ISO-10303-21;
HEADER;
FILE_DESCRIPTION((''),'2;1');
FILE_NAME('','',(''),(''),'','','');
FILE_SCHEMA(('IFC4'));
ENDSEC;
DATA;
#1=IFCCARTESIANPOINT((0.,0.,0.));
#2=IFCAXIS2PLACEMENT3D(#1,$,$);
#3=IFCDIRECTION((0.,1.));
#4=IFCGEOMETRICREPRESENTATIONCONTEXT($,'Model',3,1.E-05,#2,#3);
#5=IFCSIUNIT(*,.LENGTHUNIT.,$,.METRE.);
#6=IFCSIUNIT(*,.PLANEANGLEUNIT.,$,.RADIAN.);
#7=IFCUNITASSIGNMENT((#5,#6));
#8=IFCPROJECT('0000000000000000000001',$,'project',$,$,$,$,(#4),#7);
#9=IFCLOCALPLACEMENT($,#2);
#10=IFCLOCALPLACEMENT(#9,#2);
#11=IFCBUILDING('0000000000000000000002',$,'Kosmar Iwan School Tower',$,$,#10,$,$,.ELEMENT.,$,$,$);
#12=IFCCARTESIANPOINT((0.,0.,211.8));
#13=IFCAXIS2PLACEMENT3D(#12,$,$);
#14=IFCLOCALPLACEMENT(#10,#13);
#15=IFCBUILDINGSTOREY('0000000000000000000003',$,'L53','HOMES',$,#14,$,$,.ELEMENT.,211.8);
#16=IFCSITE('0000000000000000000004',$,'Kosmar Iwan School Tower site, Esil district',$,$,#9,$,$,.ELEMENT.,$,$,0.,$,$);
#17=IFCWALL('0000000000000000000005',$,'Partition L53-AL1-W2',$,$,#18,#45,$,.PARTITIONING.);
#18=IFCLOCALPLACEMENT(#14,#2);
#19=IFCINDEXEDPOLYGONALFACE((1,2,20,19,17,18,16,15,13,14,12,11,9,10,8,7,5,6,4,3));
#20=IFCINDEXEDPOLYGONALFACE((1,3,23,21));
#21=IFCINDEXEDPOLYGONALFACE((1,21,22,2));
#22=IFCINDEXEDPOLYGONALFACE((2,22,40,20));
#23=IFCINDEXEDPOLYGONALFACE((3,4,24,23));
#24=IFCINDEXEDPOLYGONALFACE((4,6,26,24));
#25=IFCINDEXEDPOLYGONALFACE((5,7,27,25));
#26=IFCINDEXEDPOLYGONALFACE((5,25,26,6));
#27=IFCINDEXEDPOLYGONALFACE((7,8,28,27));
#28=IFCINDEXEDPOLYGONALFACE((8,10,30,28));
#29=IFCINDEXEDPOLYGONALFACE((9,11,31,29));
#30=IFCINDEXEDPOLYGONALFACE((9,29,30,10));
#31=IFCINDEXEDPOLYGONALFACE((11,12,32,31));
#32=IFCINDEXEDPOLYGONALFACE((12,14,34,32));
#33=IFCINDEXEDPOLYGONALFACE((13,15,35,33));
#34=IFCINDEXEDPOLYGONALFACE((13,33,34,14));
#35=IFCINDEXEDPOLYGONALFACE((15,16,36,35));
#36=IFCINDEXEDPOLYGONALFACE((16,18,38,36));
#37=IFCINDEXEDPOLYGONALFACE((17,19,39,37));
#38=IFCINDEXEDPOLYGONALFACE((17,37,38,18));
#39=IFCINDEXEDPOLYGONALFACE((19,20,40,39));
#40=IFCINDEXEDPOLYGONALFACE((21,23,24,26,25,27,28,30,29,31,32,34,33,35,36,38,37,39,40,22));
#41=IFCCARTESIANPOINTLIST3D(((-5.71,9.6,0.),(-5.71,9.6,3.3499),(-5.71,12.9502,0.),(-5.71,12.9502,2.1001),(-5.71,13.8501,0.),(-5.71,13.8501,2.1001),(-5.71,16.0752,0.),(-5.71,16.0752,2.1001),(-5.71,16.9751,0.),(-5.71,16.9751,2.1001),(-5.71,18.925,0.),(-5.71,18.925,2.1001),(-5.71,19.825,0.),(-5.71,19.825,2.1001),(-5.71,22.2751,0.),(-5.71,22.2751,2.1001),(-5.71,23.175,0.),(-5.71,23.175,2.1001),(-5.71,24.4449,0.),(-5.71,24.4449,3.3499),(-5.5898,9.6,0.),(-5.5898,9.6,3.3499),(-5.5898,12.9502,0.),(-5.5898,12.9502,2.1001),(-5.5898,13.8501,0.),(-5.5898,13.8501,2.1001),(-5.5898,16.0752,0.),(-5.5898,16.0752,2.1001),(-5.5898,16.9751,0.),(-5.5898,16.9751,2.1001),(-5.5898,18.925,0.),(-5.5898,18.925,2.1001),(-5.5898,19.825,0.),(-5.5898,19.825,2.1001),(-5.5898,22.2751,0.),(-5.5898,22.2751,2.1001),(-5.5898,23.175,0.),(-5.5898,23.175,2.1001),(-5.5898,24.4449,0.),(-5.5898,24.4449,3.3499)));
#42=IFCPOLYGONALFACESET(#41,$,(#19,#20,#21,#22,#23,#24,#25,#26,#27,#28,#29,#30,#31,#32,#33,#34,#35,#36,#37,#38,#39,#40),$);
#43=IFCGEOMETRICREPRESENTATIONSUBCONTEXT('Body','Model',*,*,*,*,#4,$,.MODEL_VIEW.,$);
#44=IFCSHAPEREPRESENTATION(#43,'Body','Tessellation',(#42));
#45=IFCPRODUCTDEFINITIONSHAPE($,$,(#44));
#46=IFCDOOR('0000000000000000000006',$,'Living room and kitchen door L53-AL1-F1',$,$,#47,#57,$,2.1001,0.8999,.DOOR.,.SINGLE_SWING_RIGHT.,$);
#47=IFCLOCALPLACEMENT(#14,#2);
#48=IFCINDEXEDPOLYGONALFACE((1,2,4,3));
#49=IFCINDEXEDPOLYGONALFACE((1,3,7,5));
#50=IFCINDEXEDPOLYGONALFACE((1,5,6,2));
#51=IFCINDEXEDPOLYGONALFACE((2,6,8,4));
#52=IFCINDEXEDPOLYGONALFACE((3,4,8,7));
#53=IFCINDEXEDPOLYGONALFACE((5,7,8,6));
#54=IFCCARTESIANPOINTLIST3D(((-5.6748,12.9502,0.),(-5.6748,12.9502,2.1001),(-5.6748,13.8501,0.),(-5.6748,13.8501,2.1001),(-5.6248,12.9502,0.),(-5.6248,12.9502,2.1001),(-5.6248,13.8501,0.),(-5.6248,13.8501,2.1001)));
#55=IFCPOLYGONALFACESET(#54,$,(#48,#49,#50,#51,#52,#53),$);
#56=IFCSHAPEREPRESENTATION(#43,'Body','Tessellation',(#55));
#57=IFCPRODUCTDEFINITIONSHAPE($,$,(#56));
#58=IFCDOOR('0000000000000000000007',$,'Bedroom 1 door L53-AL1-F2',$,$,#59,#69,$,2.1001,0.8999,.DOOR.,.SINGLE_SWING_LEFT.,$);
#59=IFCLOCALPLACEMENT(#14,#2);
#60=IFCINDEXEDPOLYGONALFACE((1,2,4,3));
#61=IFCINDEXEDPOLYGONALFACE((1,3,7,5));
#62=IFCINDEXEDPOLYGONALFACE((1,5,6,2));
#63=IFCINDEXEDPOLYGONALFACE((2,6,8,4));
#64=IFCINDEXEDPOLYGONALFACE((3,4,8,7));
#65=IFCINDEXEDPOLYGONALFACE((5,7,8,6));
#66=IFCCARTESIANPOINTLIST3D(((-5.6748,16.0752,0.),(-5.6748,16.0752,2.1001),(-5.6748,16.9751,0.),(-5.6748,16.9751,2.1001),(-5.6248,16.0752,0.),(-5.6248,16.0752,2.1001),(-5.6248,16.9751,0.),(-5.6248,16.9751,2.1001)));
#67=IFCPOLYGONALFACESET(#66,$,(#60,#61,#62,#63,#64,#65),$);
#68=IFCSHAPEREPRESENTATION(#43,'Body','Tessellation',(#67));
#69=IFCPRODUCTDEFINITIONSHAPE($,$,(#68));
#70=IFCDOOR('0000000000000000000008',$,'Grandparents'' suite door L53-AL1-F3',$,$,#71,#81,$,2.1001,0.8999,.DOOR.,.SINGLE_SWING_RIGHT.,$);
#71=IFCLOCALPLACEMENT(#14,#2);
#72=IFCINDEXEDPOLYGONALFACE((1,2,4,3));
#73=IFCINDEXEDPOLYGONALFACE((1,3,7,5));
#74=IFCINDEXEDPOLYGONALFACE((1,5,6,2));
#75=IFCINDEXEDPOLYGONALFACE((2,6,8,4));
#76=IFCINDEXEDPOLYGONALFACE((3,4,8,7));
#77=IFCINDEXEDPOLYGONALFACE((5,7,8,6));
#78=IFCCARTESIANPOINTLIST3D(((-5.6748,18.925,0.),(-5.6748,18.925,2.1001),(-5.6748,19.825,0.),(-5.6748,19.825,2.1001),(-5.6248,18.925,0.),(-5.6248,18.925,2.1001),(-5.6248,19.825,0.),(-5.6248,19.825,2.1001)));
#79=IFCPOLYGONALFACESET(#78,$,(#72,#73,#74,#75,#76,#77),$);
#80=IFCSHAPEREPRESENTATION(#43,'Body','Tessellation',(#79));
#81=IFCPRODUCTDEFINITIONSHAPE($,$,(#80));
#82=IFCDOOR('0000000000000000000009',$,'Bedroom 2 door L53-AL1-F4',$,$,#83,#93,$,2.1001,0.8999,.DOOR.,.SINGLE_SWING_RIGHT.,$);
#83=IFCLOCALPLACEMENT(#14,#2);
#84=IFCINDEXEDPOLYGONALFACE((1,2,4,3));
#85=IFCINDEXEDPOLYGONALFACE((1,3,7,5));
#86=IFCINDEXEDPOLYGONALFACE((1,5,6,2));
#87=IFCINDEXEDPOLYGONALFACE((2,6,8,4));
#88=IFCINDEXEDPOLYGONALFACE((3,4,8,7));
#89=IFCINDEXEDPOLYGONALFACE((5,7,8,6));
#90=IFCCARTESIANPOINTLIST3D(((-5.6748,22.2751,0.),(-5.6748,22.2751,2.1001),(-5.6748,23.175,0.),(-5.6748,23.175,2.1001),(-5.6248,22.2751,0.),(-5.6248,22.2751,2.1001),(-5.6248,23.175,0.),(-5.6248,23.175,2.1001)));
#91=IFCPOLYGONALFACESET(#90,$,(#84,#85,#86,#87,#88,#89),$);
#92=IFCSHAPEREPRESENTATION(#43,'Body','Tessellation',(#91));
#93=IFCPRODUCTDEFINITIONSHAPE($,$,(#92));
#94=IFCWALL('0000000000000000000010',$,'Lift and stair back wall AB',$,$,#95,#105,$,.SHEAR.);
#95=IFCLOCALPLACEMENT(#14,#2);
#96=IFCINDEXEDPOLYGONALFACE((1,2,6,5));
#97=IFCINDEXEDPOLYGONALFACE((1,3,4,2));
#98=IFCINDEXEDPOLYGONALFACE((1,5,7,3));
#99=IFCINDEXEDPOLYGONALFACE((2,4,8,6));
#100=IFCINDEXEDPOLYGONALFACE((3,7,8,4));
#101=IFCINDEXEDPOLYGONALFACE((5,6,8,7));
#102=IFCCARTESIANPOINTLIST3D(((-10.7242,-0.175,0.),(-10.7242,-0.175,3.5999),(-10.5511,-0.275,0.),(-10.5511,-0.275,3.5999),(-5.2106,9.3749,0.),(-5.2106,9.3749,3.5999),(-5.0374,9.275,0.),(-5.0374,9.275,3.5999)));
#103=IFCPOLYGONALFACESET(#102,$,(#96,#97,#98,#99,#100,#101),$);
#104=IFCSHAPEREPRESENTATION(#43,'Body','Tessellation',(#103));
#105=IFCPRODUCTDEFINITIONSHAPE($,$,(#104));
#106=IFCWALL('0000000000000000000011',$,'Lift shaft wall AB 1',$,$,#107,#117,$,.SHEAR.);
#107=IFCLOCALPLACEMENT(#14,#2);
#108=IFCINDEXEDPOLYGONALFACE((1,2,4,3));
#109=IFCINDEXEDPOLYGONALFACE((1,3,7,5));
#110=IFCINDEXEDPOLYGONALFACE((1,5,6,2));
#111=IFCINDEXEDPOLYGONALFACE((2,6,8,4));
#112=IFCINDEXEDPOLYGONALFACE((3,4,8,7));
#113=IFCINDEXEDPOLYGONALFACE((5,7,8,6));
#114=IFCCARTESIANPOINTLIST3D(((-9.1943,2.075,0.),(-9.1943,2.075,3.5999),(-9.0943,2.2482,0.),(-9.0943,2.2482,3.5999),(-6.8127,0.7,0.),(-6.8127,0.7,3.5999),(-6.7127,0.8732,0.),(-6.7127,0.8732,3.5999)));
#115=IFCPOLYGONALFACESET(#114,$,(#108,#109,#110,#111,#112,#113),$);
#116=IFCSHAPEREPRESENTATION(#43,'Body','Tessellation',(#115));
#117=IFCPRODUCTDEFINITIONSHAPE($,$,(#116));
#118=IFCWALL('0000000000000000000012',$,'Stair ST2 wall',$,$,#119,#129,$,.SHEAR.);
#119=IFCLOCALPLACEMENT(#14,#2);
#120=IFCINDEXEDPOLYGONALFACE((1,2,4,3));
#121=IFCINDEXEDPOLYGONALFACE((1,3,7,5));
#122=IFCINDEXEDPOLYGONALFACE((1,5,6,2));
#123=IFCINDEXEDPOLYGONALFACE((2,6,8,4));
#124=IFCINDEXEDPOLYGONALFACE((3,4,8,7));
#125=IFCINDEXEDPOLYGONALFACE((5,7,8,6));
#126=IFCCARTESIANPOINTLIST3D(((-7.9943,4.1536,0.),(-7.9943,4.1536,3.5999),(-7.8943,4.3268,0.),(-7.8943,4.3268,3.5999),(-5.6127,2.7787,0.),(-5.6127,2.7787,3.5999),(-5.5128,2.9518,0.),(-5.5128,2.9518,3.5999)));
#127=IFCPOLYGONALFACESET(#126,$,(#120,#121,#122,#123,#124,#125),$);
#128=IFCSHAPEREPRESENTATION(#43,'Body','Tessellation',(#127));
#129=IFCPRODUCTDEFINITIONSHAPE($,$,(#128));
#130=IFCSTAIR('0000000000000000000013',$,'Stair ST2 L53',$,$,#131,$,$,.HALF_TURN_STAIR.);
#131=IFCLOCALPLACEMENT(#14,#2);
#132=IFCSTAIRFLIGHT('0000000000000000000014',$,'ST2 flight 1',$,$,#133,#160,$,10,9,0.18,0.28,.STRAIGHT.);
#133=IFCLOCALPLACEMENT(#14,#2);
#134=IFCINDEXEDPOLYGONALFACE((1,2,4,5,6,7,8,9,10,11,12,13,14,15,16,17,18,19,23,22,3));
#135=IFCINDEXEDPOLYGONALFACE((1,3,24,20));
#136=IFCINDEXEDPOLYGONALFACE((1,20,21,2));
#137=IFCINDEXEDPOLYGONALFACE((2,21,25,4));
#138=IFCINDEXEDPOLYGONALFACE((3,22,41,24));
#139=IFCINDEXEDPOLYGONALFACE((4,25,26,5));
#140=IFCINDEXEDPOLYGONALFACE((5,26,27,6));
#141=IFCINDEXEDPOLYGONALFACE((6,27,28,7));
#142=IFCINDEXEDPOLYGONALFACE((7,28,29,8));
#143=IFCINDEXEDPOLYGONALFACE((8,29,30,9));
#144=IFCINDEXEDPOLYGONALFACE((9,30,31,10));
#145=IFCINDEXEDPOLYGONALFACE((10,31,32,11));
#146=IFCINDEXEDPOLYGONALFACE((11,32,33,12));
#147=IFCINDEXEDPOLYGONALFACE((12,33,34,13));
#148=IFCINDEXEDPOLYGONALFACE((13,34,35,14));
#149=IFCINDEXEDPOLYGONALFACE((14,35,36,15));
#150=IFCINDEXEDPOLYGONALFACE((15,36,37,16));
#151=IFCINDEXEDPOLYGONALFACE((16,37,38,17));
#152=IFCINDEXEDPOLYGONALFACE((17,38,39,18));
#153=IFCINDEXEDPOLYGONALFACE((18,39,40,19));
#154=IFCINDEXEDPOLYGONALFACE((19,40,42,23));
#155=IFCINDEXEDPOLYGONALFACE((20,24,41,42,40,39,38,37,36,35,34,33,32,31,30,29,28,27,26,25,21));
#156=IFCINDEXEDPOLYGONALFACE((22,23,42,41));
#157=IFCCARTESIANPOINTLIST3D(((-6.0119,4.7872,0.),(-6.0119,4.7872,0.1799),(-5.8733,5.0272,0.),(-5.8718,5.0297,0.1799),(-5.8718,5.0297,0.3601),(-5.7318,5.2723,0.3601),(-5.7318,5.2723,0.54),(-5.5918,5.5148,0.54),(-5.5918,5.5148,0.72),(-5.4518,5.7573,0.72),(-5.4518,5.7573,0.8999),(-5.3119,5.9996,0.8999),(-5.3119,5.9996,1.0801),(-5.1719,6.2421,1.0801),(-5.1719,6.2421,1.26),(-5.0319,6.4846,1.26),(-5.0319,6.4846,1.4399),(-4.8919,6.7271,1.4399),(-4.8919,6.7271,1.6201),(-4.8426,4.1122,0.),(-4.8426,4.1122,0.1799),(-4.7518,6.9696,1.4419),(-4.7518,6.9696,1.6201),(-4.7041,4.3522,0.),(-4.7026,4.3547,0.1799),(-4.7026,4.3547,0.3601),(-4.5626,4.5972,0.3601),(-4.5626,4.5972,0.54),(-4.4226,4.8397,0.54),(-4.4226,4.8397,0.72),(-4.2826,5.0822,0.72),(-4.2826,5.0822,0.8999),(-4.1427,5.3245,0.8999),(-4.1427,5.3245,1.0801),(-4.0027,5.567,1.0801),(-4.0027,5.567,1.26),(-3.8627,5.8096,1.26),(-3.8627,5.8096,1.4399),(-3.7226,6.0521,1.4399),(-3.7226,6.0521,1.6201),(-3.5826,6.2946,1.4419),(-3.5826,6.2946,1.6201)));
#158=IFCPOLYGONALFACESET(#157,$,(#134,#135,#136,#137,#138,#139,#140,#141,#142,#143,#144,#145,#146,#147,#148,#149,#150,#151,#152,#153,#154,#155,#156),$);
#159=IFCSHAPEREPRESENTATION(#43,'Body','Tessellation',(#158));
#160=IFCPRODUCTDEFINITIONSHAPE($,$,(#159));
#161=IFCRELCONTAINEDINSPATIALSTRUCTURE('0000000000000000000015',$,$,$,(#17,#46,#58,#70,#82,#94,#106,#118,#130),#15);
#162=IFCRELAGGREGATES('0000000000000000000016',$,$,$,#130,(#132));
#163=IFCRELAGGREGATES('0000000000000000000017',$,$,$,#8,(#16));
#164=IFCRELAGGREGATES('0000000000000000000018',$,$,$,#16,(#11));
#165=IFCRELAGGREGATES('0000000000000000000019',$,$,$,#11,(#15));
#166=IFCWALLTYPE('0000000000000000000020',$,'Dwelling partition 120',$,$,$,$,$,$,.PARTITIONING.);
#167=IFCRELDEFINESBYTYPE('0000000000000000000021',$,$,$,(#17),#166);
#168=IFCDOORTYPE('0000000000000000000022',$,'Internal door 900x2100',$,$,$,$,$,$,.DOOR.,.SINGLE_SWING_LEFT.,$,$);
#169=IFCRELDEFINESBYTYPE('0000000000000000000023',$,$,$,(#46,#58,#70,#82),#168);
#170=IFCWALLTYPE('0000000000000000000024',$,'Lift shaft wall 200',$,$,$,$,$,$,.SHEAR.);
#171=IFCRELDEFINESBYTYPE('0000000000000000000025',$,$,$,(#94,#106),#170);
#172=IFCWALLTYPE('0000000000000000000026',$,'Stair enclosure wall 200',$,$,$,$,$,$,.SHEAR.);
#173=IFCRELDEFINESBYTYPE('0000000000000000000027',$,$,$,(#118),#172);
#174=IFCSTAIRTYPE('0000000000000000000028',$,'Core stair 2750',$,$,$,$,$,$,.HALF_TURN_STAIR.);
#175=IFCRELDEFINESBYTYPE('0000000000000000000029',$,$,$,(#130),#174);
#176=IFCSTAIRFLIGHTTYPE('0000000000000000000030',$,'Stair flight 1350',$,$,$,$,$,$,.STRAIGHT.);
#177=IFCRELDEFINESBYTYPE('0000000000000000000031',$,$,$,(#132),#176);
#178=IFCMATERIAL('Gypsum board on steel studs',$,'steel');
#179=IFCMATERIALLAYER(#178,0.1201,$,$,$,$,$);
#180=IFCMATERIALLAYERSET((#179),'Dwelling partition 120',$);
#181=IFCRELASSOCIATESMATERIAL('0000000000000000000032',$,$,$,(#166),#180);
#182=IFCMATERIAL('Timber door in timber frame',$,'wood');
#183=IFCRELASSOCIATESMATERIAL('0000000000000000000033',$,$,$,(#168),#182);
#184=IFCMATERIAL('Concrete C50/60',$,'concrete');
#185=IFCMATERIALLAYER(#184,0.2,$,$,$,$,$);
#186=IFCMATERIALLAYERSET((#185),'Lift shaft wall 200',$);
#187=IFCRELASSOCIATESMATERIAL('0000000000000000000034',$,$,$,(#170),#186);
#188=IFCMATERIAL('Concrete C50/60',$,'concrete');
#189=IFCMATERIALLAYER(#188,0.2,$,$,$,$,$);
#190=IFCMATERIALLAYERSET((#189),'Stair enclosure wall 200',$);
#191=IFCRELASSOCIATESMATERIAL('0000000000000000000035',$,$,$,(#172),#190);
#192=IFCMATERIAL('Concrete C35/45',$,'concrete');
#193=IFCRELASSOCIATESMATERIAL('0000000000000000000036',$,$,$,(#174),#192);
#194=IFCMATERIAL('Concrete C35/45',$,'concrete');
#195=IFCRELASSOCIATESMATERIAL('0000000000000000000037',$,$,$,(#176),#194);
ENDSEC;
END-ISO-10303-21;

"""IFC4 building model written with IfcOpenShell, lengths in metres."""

from ifc_helpers import new_model, si_unit, direction, frame, frame_2d, origin, place, context, subcontext, project, spatial, polyline, rectangle, outline, extrude, material, layer, layer_set, type_object, element, fill, aggregate, save


model = new_model("IFC4")

# Units and contexts
model_context = context("Model", 3, precision=1e-05, world=origin(), true_north=direction((0.0, 1.0)))
body_context = subcontext(model_context, "Body", "Model", "MODEL_VIEW")
ifc_project = project(units=[si_unit("LENGTHUNIT", "METRE"), si_unit("PLANEANGLEUNIT", "RADIAN")], contexts=[model_context])

# Site, building, storey
site_placement = place(None, origin())
site = spatial("IfcSite", under=ifc_project, at=site_placement, Name="Kosmar Iwan School Tower site, Esil district", CompositionType="ELEMENT", RefElevation=0.0)
building_placement = place(site_placement, origin())
building = spatial("IfcBuilding", under=site, at=building_placement, Name="Kosmar Iwan School Tower", CompositionType="ELEMENT")
storey_placement = place(building_placement, frame((0.0, 0.0, 211.8)))
storey = spatial("IfcBuildingStorey", under=building, at=storey_placement, Name="L53", Description="HOMES", CompositionType="ELEMENT", Elevation=211.8)

# Wall, openings, doors
ifc_material_1 = material(Name="Gypsum board on steel studs", Category="steel")
ifc_layer_1 = layer(ifc_material_1, 0.1201)
ifc_layer_set_1 = layer_set([ifc_layer_1], Name="Dwelling partition 120")
wall_type_1 = type_object("IfcWallType", Name="Dwelling partition 120", PredefinedType="PARTITIONING", material=ifc_layer_set_1)
ifc_material_2 = material(Name="Timber door in timber frame", Category="wood")
door_type_1 = type_object("IfcDoorType", Name="Internal door 900x2100", OperationType="SINGLE_SWING_LEFT", PredefinedType="DOOR", material=ifc_material_2)
wall_1_placement = place(storey_placement, frame((-5.6499, 9.6001, 0.0), z_axis=(0.0, 0.0, 1.0), x_axis=(0.0, 1.0, 0.0)))
wall_1 = element("IfcWall", 1, at=wall_1_placement, inside=storey, type_object=wall_type_1, Name="Partition L53-AL1-W2", PredefinedType="PARTITIONING", context=body_context, shape_type="SweptSolid", body=[
    extrude(rectangle(XDim=14.845, YDim=0.1201, at=frame_2d((7.4224, 0.0))), origin(), (0.0, 0.0, 1.0), 3.3499),
])
opening_1_placement = place(wall_1_placement, frame((3.3501, 0.0, 0.0)))
opening_1 = element("IfcOpeningElement", 2, at=opening_1_placement, cuts=wall_1, PredefinedType="OPENING", context=body_context, shape_type="SweptSolid", body=[
    extrude(rectangle(XDim=0.8999, YDim=2.1001, at=frame_2d((0.45, 1.05))), frame((0.0, 0.072, 0.0), z_axis=(0.0, -1.0, 0.0), x_axis=(1.0, 0.0, 0.0)), (0.0, 0.0, 1.0), 0.144),
])
opening_2_placement = place(wall_1_placement, frame((6.4751, 0.0, 0.0)))
opening_2 = element("IfcOpeningElement", 3, at=opening_2_placement, cuts=wall_1, PredefinedType="OPENING", context=body_context, shape_type="SweptSolid", body=[
    extrude(rectangle(XDim=0.8999, YDim=2.1001, at=frame_2d((0.45, 1.05))), frame((0.0, 0.072, 0.0), z_axis=(0.0, -1.0, 0.0), x_axis=(1.0, 0.0, 0.0)), (0.0, 0.0, 1.0), 0.144),
])
opening_3_placement = place(wall_1_placement, frame((9.325, 0.0, 0.0)))
opening_3 = element("IfcOpeningElement", 4, at=opening_3_placement, cuts=wall_1, PredefinedType="OPENING", context=body_context, shape_type="SweptSolid", body=[
    extrude(rectangle(XDim=0.8999, YDim=2.1001, at=frame_2d((0.45, 1.05))), frame((0.0, 0.072, 0.0), z_axis=(0.0, -1.0, 0.0), x_axis=(1.0, 0.0, 0.0)), (0.0, 0.0, 1.0), 0.144),
])
opening_4_placement = place(wall_1_placement, frame((12.675, 0.0, 0.0)))
opening_4 = element("IfcOpeningElement", 5, at=opening_4_placement, cuts=wall_1, PredefinedType="OPENING", context=body_context, shape_type="SweptSolid", body=[
    extrude(rectangle(XDim=0.8999, YDim=2.1001, at=frame_2d((0.45, 1.05))), frame((0.0, 0.072, 0.0), z_axis=(0.0, -1.0, 0.0), x_axis=(1.0, 0.0, 0.0)), (0.0, 0.0, 1.0), 0.144),
])
door_1_placement = place(opening_1_placement, origin())
door_1 = element("IfcDoor", 6, at=door_1_placement, inside=storey, type_object=door_type_1, Name="Living room and kitchen door L53-AL1-F1", OperationType="SINGLE_SWING_RIGHT", OverallHeight=2.1001, OverallWidth=0.8999, PredefinedType="DOOR", context=body_context, shape_type="SweptSolid", body=[
    extrude(rectangle(XDim=0.8999, YDim=2.1001, at=frame_2d((0.45, 1.05))), frame((0.0, 0.0249, 0.0), z_axis=(0.0, -1.0, 0.0), x_axis=(1.0, 0.0, 0.0)), (0.0, 0.0, 1.0), 0.05),
])
fill(opening_1, door_1)
door_2_placement = place(opening_2_placement, origin())
door_2 = element("IfcDoor", 7, at=door_2_placement, inside=storey, type_object=door_type_1, Name="Bedroom 1 door L53-AL1-F2", OperationType="SINGLE_SWING_LEFT", OverallHeight=2.1001, OverallWidth=0.8999, PredefinedType="DOOR", context=body_context, shape_type="SweptSolid", body=[
    extrude(rectangle(XDim=0.8999, YDim=2.1001, at=frame_2d((0.45, 1.05))), frame((0.0, 0.0249, 0.0), z_axis=(0.0, -1.0, 0.0), x_axis=(1.0, 0.0, 0.0)), (0.0, 0.0, 1.0), 0.05),
])
fill(opening_2, door_2)
door_3_placement = place(opening_3_placement, origin())
door_3 = element("IfcDoor", 8, at=door_3_placement, inside=storey, type_object=door_type_1, Name="Grandparents' suite door L53-AL1-F3", OperationType="SINGLE_SWING_RIGHT", OverallHeight=2.1001, OverallWidth=0.8999, PredefinedType="DOOR", context=body_context, shape_type="SweptSolid", body=[
    extrude(rectangle(XDim=0.8999, YDim=2.1001, at=frame_2d((0.45, 1.05))), frame((0.0, 0.0249, 0.0), z_axis=(0.0, -1.0, 0.0), x_axis=(1.0, 0.0, 0.0)), (0.0, 0.0, 1.0), 0.05),
])
fill(opening_3, door_3)
door_4_placement = place(opening_4_placement, origin())
door_4 = element("IfcDoor", 9, at=door_4_placement, inside=storey, type_object=door_type_1, Name="Bedroom 2 door L53-AL1-F4", OperationType="SINGLE_SWING_RIGHT", OverallHeight=2.1001, OverallWidth=0.8999, PredefinedType="DOOR", context=body_context, shape_type="SweptSolid", body=[
    extrude(rectangle(XDim=0.8999, YDim=2.1001, at=frame_2d((0.45, 1.05))), frame((0.0, 0.0249, 0.0), z_axis=(0.0, -1.0, 0.0), x_axis=(1.0, 0.0, 0.0)), (0.0, 0.0, 1.0), 0.05),
])
fill(opening_4, door_4)

# Walls
ifc_material_3 = material(Name="Concrete C50/60", Category="concrete")
ifc_layer_2 = layer(ifc_material_3, 0.2)
ifc_layer_set_2 = layer_set([ifc_layer_2], Name="Lift shaft wall 200")
wall_type_2 = type_object("IfcWallType", Name="Lift shaft wall 200", PredefinedType="SHEAR", material=ifc_layer_set_2)
wall_2_placement = place(storey_placement, frame((-5.124, 9.325, 0.0), z_axis=(0.0, 0.0, 1.0), x_axis=(-0.499997, -0.866027, 0.0)))
element("IfcWall", 10, at=wall_2_placement, inside=storey, type_object=wall_type_2, Name="Lift and stair back wall AB", PredefinedType="SHEAR", context=body_context, shape_type="SweptSolid", body=[
    extrude(rectangle(XDim=11.0273, YDim=0.2, at=frame_2d((5.5137, 0.0))), origin(), (0.0, 0.0, 1.0), 3.5999),
])
wall_3_placement = place(storey_placement, frame((-6.7627, 0.7866, 0.0), z_axis=(0.0, 0.0, 1.0), x_axis=(-0.866027, 0.499997, 0.0)))
element("IfcWall", 11, at=wall_3_placement, inside=storey, type_object=wall_type_2, Name="Lift shaft wall AB 1", PredefinedType="SHEAR", context=body_context, shape_type="SweptSolid", body=[
    extrude(rectangle(XDim=2.75, YDim=0.2, at=frame_2d((1.375, 0.0))), origin(), (0.0, 0.0, 1.0), 3.5999),
])
ifc_material_4 = material(Name="Concrete C50/60", Category="concrete")
ifc_layer_3 = layer(ifc_material_4, 0.2)
ifc_layer_set_3 = layer_set([ifc_layer_3], Name="Stair enclosure wall 200")
wall_type_3 = type_object("IfcWallType", Name="Stair enclosure wall 200", PredefinedType="SHEAR", material=ifc_layer_set_3)
wall_4_placement = place(storey_placement, frame((-5.5627, 2.8652, 0.0), z_axis=(0.0, 0.0, 1.0), x_axis=(-0.866027, 0.499997, 0.0)))
element("IfcWall", 12, at=wall_4_placement, inside=storey, type_object=wall_type_3, Name="Stair ST2 wall", PredefinedType="SHEAR", context=body_context, shape_type="SweptSolid", body=[
    extrude(rectangle(XDim=2.75, YDim=0.2, at=frame_2d((1.375, 0.0))), origin(), (0.0, 0.0, 1.0), 3.5999),
])

# Stair, stair flight
ifc_material_5 = material(Name="Concrete C35/45", Category="concrete")
stair_type = type_object("IfcStairType", Name="Core stair 2750", PredefinedType="HALF_TURN_STAIR", material=ifc_material_5)
stair_placement = place(storey_placement, origin())
stair = element("IfcStair", 13, at=stair_placement, inside=storey, type_object=stair_type, Name="Stair ST2 L53", PredefinedType="HALF_TURN_STAIR")
ifc_material_6 = material(Name="Concrete C35/45", Category="concrete")
stair_flight_type = type_object("IfcStairFlightType", Name="Stair flight 1350", PredefinedType="STRAIGHT", material=ifc_material_6)
stair_flight_1_placement = place(storey_placement, frame((-5.4272, 4.4497, 0.0), z_axis=(0.0, 0.0, 1.0), x_axis=(0.5, 0.866025, 0.0)))
stair_flight_1 = element("IfcStairFlight", 14, at=stair_flight_1_placement, type_object=stair_flight_type, Name="ST2 flight 1", NumberOfRisers=10, NumberOfTreads=9, PredefinedType="STRAIGHT", RiserHeight=0.18, TreadLength=0.28, context=body_context, shape_type="SweptSolid", body=[
    extrude(outline(polyline([(0.0, 0.0), (0.0, 0.1799), (0.28, 0.1799), (0.28, 0.3601), (0.5601, 0.3601), (0.5601, 0.54), (0.8401, 0.54), (0.8401, 0.72), (1.1201, 0.72), (1.1201, 0.8999), (1.3999, 0.8999), (1.3999, 1.0801), (1.6799, 1.0801), (1.6799, 1.26), (1.96, 1.26), (1.96, 1.4399), (2.24, 1.4399), (2.24, 1.6201), (2.52, 1.6201), (2.52, 1.8), (2.52, 1.4419), (0.2771, 0.0), (0.0, 0.0)])), frame((0.0, 0.675, 0.0), z_axis=(0.0, -1.0, 0.0), x_axis=(1.0, 0.0, 0.0)), (0.0, 0.0, 1.0), 1.3501),
])
aggregate(stair, [stair_flight_1])

save(model, "model.ifc")
